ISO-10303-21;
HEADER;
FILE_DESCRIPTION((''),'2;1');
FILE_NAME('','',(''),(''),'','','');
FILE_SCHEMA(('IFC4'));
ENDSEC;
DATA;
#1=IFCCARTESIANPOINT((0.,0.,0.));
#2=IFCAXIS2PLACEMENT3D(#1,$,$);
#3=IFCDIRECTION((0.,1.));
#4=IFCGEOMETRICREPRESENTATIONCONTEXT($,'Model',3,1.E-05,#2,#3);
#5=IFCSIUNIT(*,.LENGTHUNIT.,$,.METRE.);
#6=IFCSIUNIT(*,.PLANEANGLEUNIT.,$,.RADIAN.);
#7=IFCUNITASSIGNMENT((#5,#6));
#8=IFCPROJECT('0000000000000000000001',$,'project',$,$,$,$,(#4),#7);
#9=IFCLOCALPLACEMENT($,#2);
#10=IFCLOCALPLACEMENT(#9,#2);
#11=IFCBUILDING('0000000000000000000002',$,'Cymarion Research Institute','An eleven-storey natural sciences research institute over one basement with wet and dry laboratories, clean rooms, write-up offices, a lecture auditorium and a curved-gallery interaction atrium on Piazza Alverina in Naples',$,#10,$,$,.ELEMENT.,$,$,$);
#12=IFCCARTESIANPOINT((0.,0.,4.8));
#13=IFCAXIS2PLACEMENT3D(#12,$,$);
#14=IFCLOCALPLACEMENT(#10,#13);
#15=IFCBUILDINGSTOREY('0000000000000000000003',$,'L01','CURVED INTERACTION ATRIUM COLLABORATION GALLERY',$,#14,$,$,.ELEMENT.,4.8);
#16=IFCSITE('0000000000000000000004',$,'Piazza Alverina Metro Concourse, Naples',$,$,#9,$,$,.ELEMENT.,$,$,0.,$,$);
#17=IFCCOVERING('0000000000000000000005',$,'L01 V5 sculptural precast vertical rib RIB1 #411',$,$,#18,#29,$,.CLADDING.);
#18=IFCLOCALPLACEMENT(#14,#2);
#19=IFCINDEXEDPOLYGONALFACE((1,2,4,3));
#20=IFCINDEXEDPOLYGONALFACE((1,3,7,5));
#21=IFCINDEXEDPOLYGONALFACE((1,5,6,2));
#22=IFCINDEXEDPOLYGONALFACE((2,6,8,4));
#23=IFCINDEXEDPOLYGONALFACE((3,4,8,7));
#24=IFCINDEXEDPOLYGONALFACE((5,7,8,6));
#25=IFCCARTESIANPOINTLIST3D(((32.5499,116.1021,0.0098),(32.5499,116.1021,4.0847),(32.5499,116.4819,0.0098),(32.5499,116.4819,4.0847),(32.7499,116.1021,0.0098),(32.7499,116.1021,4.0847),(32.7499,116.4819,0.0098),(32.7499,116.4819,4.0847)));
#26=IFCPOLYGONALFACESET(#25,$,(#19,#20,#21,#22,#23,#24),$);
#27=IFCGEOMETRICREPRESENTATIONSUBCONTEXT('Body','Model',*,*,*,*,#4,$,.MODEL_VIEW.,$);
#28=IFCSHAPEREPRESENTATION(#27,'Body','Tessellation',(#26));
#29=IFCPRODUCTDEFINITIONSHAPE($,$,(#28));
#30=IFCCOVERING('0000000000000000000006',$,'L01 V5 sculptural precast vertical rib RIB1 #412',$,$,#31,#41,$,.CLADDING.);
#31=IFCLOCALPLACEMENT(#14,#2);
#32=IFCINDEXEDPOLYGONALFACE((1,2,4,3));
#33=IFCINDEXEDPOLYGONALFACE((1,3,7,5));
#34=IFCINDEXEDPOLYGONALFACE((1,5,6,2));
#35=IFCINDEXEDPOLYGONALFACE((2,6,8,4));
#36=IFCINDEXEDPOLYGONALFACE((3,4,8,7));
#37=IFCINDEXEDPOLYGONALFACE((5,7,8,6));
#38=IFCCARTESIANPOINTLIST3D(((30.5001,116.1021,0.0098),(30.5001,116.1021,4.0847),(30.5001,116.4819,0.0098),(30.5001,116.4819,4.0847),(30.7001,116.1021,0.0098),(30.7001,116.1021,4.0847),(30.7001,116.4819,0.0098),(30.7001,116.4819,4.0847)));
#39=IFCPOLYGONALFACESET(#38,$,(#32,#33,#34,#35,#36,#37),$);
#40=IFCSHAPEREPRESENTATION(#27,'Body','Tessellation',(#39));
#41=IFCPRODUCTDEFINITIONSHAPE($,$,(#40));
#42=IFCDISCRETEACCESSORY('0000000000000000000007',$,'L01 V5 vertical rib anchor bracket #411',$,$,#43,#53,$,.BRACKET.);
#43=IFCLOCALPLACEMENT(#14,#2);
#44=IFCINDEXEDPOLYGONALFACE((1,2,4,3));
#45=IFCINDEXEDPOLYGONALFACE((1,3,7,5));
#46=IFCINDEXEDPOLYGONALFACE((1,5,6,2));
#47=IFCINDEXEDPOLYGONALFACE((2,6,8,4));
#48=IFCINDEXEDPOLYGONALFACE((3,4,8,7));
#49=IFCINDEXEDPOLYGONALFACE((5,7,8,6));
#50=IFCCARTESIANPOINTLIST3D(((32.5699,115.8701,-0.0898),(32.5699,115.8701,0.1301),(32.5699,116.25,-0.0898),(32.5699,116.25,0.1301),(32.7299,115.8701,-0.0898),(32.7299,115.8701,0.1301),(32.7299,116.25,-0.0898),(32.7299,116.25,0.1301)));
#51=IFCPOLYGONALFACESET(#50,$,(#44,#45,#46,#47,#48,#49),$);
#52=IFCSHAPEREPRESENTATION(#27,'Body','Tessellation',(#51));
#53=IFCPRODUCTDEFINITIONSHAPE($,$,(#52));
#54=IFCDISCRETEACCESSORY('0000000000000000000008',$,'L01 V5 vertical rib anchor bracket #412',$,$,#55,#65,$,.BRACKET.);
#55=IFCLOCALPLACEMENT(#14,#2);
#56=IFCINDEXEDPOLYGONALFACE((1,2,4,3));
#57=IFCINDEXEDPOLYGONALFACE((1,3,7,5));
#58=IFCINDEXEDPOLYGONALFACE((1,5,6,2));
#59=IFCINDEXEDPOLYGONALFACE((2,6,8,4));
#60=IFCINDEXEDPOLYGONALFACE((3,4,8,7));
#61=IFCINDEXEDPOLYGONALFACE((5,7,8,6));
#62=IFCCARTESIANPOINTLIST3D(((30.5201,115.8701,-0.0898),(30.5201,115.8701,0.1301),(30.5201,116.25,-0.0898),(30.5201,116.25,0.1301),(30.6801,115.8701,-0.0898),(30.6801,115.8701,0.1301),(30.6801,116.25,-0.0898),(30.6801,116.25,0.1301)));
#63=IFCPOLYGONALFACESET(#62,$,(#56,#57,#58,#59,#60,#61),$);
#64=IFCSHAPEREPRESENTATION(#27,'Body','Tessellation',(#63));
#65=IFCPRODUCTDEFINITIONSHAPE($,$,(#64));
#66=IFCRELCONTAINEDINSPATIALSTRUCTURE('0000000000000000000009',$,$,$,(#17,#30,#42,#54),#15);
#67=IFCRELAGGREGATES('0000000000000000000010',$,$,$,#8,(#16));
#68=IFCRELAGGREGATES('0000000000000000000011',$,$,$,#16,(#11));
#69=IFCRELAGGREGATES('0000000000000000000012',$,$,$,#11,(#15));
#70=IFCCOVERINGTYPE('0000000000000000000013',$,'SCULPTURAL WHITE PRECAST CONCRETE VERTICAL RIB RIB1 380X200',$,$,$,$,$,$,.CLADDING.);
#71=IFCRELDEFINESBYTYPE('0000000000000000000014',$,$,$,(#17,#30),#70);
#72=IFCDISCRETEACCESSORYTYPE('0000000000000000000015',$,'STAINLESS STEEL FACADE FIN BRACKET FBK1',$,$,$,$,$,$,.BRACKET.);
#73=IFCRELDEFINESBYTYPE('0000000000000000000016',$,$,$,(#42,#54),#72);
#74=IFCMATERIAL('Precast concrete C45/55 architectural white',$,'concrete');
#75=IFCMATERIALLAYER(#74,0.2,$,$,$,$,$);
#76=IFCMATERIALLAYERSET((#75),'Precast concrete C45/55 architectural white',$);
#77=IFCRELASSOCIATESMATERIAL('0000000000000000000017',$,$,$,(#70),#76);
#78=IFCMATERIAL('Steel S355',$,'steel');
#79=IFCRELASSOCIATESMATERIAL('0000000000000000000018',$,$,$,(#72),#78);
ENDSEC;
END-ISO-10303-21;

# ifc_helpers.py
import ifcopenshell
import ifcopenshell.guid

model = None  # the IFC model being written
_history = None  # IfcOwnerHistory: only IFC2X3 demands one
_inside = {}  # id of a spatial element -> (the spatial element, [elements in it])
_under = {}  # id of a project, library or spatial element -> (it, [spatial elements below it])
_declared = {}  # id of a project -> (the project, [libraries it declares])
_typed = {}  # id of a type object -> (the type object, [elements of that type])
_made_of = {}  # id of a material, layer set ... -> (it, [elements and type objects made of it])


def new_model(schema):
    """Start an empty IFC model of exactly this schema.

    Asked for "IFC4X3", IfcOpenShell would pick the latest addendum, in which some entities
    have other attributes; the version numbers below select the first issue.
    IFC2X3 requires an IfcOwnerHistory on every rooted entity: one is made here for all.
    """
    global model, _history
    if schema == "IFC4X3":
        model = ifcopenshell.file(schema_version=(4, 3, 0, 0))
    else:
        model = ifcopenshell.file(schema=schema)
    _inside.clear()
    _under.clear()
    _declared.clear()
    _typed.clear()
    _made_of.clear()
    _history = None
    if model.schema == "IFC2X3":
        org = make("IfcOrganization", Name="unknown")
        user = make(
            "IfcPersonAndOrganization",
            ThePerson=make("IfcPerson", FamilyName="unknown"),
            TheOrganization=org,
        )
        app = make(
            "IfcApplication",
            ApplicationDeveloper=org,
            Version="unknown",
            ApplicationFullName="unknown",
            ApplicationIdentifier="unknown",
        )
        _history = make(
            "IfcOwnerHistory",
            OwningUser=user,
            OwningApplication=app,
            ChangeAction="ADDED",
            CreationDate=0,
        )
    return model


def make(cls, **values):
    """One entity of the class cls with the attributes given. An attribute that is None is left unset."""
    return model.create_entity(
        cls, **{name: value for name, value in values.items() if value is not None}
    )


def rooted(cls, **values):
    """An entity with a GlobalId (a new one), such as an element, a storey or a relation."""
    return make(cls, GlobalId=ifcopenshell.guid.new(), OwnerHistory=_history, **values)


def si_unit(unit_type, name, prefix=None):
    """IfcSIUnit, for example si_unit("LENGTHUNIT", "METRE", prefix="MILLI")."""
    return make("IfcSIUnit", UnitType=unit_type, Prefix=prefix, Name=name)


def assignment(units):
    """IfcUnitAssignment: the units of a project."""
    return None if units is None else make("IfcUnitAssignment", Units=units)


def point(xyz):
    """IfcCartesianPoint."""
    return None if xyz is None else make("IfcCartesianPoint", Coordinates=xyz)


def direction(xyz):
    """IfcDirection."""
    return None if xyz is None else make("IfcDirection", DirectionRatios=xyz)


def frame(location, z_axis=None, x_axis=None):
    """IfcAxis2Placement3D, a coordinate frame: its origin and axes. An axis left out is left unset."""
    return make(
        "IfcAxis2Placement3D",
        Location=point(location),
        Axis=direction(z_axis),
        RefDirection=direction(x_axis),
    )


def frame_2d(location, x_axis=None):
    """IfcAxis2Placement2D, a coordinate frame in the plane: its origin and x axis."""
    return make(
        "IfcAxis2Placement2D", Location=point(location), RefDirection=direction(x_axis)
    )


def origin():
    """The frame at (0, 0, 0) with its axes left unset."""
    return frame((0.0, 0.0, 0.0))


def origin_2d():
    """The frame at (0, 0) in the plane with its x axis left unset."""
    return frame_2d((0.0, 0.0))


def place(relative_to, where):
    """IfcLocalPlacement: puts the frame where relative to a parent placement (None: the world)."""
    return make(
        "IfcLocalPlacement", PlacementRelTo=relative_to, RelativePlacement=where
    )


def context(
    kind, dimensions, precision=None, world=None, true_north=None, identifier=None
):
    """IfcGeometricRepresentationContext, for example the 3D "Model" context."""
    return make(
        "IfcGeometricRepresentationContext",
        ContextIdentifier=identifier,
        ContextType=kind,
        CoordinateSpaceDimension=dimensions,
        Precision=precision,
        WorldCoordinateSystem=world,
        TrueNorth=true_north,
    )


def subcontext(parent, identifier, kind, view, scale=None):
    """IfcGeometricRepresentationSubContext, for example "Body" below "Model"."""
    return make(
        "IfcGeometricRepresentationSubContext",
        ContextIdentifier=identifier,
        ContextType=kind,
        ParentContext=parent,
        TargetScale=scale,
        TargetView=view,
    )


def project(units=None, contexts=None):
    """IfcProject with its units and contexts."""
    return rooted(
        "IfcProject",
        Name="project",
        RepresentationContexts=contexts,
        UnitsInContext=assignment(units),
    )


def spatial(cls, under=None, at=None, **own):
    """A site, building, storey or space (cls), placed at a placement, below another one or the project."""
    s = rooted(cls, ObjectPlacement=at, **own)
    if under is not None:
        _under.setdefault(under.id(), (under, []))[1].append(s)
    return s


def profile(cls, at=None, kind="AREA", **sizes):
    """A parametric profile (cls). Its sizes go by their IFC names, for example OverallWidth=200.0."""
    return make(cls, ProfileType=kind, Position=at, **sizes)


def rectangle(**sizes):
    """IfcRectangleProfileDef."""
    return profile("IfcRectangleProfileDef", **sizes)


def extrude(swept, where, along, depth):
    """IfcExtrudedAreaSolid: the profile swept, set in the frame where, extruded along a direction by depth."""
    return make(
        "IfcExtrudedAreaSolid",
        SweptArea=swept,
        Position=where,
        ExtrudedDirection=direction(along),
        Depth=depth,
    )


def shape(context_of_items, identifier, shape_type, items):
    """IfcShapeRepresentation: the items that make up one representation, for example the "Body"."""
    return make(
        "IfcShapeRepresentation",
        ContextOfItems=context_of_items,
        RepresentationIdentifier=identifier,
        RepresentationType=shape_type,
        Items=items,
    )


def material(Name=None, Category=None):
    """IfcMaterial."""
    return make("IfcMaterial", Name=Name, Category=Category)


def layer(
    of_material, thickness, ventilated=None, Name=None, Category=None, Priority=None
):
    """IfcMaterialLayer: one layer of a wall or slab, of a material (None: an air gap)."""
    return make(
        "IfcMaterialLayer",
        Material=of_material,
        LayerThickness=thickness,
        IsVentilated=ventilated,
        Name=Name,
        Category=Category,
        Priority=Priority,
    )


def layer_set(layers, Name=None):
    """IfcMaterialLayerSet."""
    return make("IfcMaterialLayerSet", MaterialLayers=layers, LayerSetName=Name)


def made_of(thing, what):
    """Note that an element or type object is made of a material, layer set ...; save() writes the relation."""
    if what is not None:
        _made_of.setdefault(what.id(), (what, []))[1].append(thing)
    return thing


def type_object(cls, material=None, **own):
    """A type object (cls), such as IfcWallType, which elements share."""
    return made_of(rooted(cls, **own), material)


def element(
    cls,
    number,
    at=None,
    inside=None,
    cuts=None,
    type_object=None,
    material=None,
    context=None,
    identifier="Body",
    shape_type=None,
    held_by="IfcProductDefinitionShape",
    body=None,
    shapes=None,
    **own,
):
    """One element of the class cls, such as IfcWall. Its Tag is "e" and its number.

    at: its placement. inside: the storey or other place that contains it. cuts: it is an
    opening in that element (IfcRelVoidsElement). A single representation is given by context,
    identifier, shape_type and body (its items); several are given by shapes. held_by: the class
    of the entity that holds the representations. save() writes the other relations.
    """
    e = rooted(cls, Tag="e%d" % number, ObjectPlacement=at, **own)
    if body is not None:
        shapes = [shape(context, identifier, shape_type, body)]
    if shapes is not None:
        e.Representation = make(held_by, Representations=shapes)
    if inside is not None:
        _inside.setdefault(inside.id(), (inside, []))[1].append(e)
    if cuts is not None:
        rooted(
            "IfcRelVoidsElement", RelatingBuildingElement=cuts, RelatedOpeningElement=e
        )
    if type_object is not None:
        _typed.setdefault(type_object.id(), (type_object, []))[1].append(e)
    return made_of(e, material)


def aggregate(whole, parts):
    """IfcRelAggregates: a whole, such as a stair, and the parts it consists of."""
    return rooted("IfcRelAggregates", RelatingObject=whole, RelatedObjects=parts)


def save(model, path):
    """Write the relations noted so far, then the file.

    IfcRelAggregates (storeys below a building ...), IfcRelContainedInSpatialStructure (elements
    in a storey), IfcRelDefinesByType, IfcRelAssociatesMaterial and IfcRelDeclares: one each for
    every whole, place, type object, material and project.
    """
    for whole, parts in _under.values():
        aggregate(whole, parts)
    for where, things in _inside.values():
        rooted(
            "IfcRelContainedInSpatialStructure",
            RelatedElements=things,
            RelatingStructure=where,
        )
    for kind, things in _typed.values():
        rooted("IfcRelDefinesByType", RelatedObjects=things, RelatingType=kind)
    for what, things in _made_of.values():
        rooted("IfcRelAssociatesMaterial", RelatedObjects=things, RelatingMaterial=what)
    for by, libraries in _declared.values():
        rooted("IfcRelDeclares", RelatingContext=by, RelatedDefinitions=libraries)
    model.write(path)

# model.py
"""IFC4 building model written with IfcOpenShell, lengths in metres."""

from ifc_helpers import new_model, si_unit, direction, frame, origin, origin_2d, place, context, subcontext, project, spatial, rectangle, extrude, material, layer, layer_set, type_object, element, save


model = new_model("IFC4")

# Units and contexts
model_context = context("Model", 3, precision=1e-05, world=origin(), true_north=direction((0.0, 1.0)))
body_context = subcontext(model_context, "Body", "Model", "MODEL_VIEW")
ifc_project = project(units=[si_unit("LENGTHUNIT", "METRE"), si_unit("PLANEANGLEUNIT", "RADIAN")], contexts=[model_context])

# Site, building, storey
site_placement = place(None, origin())
site = spatial("IfcSite", under=ifc_project, at=site_placement, Name="Piazza Alverina Metro Concourse, Naples", CompositionType="ELEMENT", RefElevation=0.0)
building_placement = place(site_placement, origin())
building = spatial("IfcBuilding", under=site, at=building_placement, Name="Cymarion Research Institute", Description="An eleven-storey natural sciences research institute over one basement with wet and dry laboratories, clean rooms, write-up offices, a lecture auditorium and a curved-gallery interaction atrium on Piazza Alverina in Naples", CompositionType="ELEMENT")
storey_placement = place(building_placement, frame((0.0, 0.0, 4.8)))
storey = spatial("IfcBuildingStorey", under=building, at=storey_placement, Name="L01", Description="CURVED INTERACTION ATRIUM COLLABORATION GALLERY", CompositionType="ELEMENT", Elevation=4.8)

# Shared definitions
ifc_material_1 = material(Name="Steel S355", Category="steel")

# Coverings
ifc_material_2 = material(Name="Precast concrete C45/55 architectural white", Category="concrete")
ifc_layer_1 = layer(ifc_material_2, 0.2)
ifc_layer_set_1 = layer_set([ifc_layer_1], Name="Precast concrete C45/55 architectural white")
covering_type = type_object("IfcCoveringType", Name="SCULPTURAL WHITE PRECAST CONCRETE VERTICAL RIB RIB1 380X200", PredefinedType="CLADDING", material=ifc_layer_set_1)
for number, where, z_axis, x_axis, name in (
    (1, (32.6499, 116.292, 0.0098), (0.0, 0.0, 1.0), (0.0, 1.0, 0.0), "L01 V5 sculptural precast vertical rib RIB1 #411"),
    (2, (30.6001, 116.292, 0.0098), (0.0, 0.0, 1.0), (0.0, 1.0, 0.0), "L01 V5 sculptural precast vertical rib RIB1 #412"),
):
    element("IfcCovering", number, at=place(storey_placement, frame(where, z_axis=z_axis, x_axis=x_axis)), inside=storey, type_object=covering_type, Name=name, PredefinedType="CLADDING", context=body_context, shape_type="SweptSolid", body=[
        extrude(rectangle(XDim=0.3799, YDim=0.2, at=origin_2d()), origin(), (0.0, 0.0, 1.0), 4.075),
    ])

# Discrete accessories
discrete_accessory_type = type_object("IfcDiscreteAccessoryType", Name="STAINLESS STEEL FACADE FIN BRACKET FBK1", PredefinedType="BRACKET", material=ifc_material_1)
for number, where, z_axis, x_axis, name in (
    (3, (32.6499, 116.0601, -0.0898), (0.0, 0.0, 1.0), (0.0, 1.0, 0.0), "L01 V5 vertical rib anchor bracket #411"),
    (4, (30.6001, 116.0601, -0.0898), (0.0, 0.0, 1.0), (0.0, 1.0, 0.0), "L01 V5 vertical rib anchor bracket #412"),
):
    element("IfcDiscreteAccessory", number, at=place(storey_placement, frame(where, z_axis=z_axis, x_axis=x_axis)), inside=storey, type_object=discrete_accessory_type, Name=name, PredefinedType="BRACKET", context=body_context, shape_type="SweptSolid", body=[
        extrude(rectangle(XDim=0.3799, YDim=0.1599, at=origin_2d()), origin(), (0.0, 0.0, 1.0), 0.22),
    ])

save(model, "model.ifc")
